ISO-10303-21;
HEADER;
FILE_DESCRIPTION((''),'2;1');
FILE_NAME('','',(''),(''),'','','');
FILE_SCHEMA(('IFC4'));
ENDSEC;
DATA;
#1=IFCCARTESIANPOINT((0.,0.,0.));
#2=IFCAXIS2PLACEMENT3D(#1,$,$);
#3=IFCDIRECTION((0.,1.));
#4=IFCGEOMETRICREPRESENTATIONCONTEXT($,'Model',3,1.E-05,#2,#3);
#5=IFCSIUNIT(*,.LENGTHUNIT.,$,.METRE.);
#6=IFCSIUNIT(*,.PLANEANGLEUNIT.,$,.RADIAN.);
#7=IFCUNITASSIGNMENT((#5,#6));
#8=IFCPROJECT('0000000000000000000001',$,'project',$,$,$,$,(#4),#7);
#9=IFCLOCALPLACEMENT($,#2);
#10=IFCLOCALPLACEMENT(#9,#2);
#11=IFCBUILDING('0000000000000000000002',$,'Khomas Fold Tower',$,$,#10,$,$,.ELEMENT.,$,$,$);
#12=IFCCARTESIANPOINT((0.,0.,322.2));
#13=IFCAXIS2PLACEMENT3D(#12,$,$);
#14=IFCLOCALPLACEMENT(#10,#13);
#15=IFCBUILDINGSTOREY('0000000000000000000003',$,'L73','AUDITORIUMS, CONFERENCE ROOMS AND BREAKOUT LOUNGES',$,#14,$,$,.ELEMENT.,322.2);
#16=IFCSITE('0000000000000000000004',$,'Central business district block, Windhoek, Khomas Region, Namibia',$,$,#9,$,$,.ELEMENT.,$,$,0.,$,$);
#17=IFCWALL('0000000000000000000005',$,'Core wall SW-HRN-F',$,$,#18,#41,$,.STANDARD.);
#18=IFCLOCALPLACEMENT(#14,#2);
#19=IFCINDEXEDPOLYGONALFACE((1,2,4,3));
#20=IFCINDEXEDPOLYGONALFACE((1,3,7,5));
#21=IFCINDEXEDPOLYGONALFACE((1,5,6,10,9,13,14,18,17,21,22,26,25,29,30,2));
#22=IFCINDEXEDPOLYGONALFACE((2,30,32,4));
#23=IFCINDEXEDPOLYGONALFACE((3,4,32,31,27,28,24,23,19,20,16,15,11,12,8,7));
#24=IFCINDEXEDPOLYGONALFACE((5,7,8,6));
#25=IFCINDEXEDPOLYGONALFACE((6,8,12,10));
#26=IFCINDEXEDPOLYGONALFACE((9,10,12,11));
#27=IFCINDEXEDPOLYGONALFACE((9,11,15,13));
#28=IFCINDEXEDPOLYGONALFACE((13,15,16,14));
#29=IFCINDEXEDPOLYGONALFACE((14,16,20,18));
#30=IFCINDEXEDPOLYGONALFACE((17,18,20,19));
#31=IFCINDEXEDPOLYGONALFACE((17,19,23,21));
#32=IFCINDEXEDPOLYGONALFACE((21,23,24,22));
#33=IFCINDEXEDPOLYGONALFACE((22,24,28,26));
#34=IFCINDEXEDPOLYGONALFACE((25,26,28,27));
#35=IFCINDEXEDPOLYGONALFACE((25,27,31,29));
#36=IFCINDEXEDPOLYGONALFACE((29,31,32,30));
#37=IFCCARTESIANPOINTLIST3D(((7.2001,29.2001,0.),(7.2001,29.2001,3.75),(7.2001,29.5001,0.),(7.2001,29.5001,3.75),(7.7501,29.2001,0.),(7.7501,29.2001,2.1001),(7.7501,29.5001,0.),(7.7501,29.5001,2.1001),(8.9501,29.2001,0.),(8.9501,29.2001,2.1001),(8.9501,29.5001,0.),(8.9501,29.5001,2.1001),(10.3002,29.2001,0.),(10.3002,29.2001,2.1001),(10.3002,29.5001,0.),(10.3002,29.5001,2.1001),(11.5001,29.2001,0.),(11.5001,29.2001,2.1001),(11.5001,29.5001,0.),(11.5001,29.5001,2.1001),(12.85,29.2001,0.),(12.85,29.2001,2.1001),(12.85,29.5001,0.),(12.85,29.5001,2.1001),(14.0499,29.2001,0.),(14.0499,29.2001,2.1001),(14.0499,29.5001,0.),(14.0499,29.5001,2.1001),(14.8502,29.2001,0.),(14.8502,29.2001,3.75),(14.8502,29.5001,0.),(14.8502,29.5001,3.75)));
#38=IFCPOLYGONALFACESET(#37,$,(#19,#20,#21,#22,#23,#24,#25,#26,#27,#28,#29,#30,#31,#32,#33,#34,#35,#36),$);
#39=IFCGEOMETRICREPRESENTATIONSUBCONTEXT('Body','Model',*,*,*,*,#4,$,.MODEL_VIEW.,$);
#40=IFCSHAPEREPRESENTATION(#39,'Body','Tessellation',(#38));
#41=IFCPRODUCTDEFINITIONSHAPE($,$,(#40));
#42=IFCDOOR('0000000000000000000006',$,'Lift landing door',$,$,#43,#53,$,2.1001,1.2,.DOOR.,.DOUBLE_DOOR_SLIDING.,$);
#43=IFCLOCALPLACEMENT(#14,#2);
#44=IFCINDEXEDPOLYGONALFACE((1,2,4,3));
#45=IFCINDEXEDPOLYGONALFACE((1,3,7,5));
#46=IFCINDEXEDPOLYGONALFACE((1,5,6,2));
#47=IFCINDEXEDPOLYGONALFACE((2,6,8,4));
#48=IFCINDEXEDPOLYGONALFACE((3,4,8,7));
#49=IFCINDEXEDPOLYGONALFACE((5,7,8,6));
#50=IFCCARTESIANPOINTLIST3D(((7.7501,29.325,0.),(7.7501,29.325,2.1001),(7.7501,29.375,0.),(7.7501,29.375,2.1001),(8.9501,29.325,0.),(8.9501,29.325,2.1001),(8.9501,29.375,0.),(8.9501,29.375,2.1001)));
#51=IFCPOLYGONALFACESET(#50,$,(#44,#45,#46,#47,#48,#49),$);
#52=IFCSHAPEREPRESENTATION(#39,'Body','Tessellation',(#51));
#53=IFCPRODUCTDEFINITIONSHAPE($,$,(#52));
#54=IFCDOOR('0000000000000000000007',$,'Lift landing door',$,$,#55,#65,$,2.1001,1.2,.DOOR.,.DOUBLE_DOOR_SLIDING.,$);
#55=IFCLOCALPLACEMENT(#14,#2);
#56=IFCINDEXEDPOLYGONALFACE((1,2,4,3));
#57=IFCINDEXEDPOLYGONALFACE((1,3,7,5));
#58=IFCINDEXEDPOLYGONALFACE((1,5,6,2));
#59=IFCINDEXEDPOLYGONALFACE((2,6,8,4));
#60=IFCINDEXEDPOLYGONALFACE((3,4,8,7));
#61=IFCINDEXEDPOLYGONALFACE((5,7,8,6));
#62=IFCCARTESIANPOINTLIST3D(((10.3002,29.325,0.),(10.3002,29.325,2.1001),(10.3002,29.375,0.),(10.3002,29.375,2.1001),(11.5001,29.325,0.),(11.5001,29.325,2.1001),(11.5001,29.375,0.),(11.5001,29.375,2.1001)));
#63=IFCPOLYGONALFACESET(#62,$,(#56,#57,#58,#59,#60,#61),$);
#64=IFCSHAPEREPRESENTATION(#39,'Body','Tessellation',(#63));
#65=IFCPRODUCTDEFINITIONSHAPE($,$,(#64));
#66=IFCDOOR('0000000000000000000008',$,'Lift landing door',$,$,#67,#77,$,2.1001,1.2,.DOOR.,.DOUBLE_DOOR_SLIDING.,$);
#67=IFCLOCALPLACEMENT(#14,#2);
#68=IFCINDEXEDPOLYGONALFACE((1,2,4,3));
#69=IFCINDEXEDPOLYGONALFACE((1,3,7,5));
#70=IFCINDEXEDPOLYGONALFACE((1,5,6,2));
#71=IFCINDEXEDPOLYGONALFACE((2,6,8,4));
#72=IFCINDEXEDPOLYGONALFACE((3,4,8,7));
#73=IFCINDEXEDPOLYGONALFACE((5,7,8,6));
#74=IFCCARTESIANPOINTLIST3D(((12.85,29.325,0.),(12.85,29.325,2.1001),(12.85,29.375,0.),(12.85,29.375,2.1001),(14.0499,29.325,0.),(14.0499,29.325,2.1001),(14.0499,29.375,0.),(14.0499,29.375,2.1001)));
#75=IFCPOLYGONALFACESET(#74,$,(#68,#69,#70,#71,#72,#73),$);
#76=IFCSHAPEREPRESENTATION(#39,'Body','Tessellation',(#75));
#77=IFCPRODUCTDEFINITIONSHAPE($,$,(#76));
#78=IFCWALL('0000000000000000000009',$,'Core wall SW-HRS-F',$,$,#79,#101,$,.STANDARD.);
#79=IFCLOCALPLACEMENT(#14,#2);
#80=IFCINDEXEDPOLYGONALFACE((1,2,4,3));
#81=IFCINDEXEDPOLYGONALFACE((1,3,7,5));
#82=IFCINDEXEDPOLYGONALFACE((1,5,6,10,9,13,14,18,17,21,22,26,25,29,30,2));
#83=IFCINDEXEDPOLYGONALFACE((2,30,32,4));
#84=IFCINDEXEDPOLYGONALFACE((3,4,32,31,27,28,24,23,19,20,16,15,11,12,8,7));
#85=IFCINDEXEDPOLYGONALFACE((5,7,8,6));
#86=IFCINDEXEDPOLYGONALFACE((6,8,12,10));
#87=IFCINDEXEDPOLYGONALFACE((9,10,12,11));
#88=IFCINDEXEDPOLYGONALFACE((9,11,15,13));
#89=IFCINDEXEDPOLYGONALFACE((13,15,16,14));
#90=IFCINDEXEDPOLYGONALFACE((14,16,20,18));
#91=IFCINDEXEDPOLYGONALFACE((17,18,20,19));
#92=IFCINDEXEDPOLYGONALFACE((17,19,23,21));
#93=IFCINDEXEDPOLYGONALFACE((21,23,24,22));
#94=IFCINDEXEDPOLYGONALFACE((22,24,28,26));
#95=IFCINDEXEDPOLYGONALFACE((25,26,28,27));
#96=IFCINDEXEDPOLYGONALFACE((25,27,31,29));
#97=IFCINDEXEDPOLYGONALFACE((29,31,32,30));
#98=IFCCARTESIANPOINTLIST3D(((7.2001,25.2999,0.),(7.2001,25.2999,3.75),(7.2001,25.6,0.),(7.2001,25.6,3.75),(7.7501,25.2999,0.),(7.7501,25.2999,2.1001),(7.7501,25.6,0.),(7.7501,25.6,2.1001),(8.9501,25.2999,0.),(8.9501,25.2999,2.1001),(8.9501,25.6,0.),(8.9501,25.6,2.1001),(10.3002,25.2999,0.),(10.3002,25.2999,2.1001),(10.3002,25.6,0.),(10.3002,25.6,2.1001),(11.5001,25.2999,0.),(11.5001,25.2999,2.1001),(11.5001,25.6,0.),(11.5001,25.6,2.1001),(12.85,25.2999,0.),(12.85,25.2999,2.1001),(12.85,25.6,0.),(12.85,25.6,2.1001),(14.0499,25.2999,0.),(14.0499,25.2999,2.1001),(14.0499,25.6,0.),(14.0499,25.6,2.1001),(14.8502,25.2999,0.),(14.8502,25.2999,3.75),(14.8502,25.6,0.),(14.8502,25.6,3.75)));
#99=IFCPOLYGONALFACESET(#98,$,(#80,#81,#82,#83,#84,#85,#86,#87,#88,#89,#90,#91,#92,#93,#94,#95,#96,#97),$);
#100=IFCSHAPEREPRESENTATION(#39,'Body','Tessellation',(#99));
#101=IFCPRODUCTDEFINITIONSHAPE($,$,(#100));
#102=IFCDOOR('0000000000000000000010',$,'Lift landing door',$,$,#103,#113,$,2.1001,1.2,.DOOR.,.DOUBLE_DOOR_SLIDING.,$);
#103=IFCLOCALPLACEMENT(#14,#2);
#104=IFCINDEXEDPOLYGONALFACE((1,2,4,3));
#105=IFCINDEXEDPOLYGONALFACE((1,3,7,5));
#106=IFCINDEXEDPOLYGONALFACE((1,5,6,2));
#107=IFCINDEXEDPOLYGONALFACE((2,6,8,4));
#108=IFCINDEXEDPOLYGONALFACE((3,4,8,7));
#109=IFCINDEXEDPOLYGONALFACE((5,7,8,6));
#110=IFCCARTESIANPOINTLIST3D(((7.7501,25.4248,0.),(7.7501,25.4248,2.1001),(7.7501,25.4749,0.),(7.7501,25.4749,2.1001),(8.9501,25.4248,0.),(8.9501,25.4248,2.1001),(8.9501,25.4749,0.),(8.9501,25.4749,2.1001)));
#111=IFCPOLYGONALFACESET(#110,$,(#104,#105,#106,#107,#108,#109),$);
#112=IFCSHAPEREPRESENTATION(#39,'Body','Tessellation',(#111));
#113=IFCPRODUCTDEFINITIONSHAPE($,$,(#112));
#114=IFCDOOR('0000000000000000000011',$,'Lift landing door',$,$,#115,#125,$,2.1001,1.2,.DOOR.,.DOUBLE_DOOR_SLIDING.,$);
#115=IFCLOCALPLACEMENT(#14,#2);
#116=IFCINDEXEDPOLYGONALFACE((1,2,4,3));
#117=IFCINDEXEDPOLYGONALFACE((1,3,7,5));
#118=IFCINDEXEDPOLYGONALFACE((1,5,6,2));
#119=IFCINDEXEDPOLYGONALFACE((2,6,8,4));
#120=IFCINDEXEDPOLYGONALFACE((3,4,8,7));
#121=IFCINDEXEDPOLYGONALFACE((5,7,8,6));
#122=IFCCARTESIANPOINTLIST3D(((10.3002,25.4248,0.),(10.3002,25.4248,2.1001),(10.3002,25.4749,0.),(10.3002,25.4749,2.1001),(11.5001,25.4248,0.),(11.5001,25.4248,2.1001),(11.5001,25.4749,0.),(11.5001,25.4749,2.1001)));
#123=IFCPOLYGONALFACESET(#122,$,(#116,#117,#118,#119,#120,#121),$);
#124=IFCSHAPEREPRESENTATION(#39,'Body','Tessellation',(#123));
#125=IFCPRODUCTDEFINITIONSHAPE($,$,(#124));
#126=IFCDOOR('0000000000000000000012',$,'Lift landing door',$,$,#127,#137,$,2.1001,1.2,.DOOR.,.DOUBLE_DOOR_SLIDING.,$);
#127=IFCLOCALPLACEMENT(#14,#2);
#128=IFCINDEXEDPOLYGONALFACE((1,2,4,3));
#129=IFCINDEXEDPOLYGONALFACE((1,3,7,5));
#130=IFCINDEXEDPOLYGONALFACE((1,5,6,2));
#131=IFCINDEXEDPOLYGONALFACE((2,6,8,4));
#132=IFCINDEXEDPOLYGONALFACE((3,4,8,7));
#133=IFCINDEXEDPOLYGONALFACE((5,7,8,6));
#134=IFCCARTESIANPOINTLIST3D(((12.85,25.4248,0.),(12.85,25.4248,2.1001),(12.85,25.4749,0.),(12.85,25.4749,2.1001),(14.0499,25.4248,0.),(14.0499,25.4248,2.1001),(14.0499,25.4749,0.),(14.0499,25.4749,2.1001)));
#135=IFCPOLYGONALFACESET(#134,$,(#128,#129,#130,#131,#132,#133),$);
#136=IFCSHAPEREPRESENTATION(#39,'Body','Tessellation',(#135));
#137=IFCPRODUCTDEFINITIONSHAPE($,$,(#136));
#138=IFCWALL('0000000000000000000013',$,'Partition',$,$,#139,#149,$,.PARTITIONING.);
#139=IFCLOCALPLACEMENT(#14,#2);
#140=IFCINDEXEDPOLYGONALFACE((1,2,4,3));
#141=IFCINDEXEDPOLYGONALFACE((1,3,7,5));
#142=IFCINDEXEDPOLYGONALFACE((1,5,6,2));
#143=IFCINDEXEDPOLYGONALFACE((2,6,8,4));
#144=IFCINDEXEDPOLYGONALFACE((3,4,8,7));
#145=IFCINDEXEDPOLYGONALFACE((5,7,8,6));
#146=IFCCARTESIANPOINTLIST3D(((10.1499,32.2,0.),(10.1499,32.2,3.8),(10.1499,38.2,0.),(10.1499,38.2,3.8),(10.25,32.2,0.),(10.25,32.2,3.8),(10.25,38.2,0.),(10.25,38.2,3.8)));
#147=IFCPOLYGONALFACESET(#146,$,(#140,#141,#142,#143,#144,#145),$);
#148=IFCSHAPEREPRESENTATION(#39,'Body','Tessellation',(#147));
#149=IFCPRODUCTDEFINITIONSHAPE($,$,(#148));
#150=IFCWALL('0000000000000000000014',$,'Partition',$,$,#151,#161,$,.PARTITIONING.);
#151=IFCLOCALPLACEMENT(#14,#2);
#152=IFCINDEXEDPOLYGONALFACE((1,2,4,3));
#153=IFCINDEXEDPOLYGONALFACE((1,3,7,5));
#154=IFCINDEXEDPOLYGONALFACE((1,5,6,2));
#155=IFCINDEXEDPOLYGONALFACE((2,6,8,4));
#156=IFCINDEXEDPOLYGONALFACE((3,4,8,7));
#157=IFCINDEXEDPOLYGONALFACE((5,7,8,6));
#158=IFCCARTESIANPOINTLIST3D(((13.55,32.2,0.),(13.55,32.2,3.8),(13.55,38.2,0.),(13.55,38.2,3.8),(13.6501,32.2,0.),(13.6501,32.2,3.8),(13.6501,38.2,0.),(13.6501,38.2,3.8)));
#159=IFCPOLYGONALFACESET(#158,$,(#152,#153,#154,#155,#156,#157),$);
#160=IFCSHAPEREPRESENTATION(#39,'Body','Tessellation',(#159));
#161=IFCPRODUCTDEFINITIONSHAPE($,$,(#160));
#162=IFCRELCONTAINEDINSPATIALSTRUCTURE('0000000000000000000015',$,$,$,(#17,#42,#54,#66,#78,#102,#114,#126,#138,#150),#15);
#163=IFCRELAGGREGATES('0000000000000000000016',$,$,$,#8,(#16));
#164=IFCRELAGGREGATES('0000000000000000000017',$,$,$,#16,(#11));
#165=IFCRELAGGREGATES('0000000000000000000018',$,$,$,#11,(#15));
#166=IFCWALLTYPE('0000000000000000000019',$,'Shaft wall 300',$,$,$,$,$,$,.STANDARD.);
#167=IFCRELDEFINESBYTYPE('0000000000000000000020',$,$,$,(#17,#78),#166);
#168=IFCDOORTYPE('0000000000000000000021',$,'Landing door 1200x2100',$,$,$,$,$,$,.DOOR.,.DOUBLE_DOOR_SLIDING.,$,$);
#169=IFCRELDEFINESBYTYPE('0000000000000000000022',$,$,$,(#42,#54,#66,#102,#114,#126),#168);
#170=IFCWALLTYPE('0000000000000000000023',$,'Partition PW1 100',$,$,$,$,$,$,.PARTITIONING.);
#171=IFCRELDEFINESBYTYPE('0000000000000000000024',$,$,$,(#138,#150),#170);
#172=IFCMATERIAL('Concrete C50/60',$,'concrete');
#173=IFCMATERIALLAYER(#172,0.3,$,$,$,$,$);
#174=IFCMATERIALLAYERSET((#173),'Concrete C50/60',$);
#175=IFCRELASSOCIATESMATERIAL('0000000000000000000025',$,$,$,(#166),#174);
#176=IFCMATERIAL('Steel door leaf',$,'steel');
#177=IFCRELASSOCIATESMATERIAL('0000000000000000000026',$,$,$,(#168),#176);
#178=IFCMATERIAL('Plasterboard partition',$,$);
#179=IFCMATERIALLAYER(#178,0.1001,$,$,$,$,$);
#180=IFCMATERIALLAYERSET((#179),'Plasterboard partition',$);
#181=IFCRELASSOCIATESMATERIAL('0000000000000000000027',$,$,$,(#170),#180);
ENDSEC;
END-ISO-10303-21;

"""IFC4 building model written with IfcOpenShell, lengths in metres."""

from ifc_helpers import new_model, si_unit, direction, frame, frame_2d, origin, place, context, subcontext, project, spatial, rectangle, extrude, source, transform, mapped, material, layer, layer_set, type_object, element, fill, save


model = new_model("IFC4")

# Units and contexts
model_context = context("Model", 3, precision=1e-05, world=origin(), true_north=direction((0.0, 1.0)))
body_context = subcontext(model_context, "Body", "Model", "MODEL_VIEW")
ifc_project = project(units=[si_unit("LENGTHUNIT", "METRE"), si_unit("PLANEANGLEUNIT", "RADIAN")], contexts=[model_context])

# Site, building, storey
site_placement = place(None, origin())
site = spatial("IfcSite", under=ifc_project, at=site_placement, Name="Central business district block, Windhoek, Khomas Region, Namibia", CompositionType="ELEMENT", RefElevation=0.0)
building_placement = place(site_placement, origin())
building = spatial("IfcBuilding", under=site, at=building_placement, Name="Khomas Fold Tower", CompositionType="ELEMENT")
storey_placement = place(building_placement, frame((0.0, 0.0, 322.2)))
storey = spatial("IfcBuildingStorey", under=building, at=storey_placement, Name="L73", Description="AUDITORIUMS, CONFERENCE ROOMS AND BREAKOUT LOUNGES", CompositionType="ELEMENT", Elevation=322.2)

# Shared definitions
ifc_material_1 = material(Name="Concrete C50/60", Category="concrete")
ifc_layer_1 = layer(ifc_material_1, 0.3)
ifc_layer_set_1 = layer_set([ifc_layer_1], Name="Concrete C50/60")
wall_type_1 = type_object("IfcWallType", Name="Shaft wall 300", PredefinedType="STANDARD", material=ifc_layer_set_1)
shared_shape_1 = source(origin(), body_context, "Body", "SweptSolid", [
    extrude(rectangle(XDim=7.6501, YDim=0.3, at=frame_2d((3.8252, 0.0))), origin(), (0.0, 0.0, 1.0), 3.75),
])

# Walls, openings, doors
wall_1_placement = place(storey_placement, frame((7.2, 29.3501, 0.0), z_axis=(0.0, 0.0, 1.0), x_axis=(1.0, 0.0, 0.0)))
wall_1 = element("IfcWall", 1, at=wall_1_placement, inside=storey, type_object=wall_type_1, Name="Core wall SW-HRN-F", PredefinedType="STANDARD", context=body_context, shape_type="MappedRepresentation", body=[
    mapped(shared_shape_1, transform((0.0, 0.0, 0.0))),
])
shared_shape_2 = source(origin(), body_context, "Body", "SweptSolid", [
    extrude(rectangle(XDim=1.2, YDim=2.1001, at=frame_2d((0.6001, 1.05))), frame((0.0, 0.1599, 0.0), z_axis=(0.0, -1.0, 0.0), x_axis=(1.0, 0.0, 0.0)), (0.0, 0.0, 1.0), 0.3201),
])
opening_1_placement = place(wall_1_placement, frame((0.55, 0.0, 0.0)))
opening_1 = element("IfcOpeningElement", 2, at=opening_1_placement, cuts=wall_1, PredefinedType="OPENING", context=body_context, shape_type="MappedRepresentation", body=[
    mapped(shared_shape_2, transform((0.0, 0.0, 0.0))),
])
opening_2_placement = place(wall_1_placement, frame((3.1001, 0.0, 0.0)))
opening_2 = element("IfcOpeningElement", 3, at=opening_2_placement, cuts=wall_1, PredefinedType="OPENING", context=body_context, shape_type="MappedRepresentation", body=[
    mapped(shared_shape_2, transform((0.0, 0.0, 0.0))),
])
opening_3_placement = place(wall_1_placement, frame((5.6499, 0.0, 0.0)))
opening_3 = element("IfcOpeningElement", 4, at=opening_3_placement, cuts=wall_1, PredefinedType="OPENING", context=body_context, shape_type="MappedRepresentation", body=[
    mapped(shared_shape_2, transform((0.0, 0.0, 0.0))),
])
ifc_material_2 = material(Name="Steel door leaf", Category="steel")
door_type_1 = type_object("IfcDoorType", Name="Landing door 1200x2100", OperationType="DOUBLE_DOOR_SLIDING", PredefinedType="DOOR", material=ifc_material_2)
shared_shape_3 = source(origin(), body_context, "Body", "SweptSolid", [
    extrude(rectangle(XDim=1.2, YDim=2.1001, at=frame_2d((0.6001, 1.05))), frame((0.0, 0.0249, 0.0), z_axis=(0.0, -1.0, 0.0), x_axis=(1.0, 0.0, 0.0)), (0.0, 0.0, 1.0), 0.05),
])
door_1_placement = place(opening_1_placement, origin())
door_1 = element("IfcDoor", 5, at=door_1_placement, inside=storey, type_object=door_type_1, Name="Lift landing door", OperationType="DOUBLE_DOOR_SLIDING", OverallHeight=2.1001, OverallWidth=1.2, PredefinedType="DOOR", context=body_context, shape_type="MappedRepresentation", body=[
    mapped(shared_shape_3, transform((0.0, 0.0, 0.0))),
])
fill(opening_1, door_1)
door_2_placement = place(opening_2_placement, origin())
door_2 = element("IfcDoor", 6, at=door_2_placement, inside=storey, type_object=door_type_1, Name="Lift landing door", OperationType="DOUBLE_DOOR_SLIDING", OverallHeight=2.1001, OverallWidth=1.2, PredefinedType="DOOR", context=body_context, shape_type="MappedRepresentation", body=[
    mapped(shared_shape_3, transform((0.0, 0.0, 0.0))),
])
fill(opening_2, door_2)
door_3_placement = place(opening_3_placement, origin())
door_3 = element("IfcDoor", 7, at=door_3_placement, inside=storey, type_object=door_type_1, Name="Lift landing door", OperationType="DOUBLE_DOOR_SLIDING", OverallHeight=2.1001, OverallWidth=1.2, PredefinedType="DOOR", context=body_context, shape_type="MappedRepresentation", body=[
    mapped(shared_shape_3, transform((0.0, 0.0, 0.0))),
])
fill(opening_3, door_3)
wall_2_placement = place(storey_placement, frame((7.2, 25.45, 0.0), z_axis=(0.0, 0.0, 1.0), x_axis=(1.0, 0.0, 0.0)))
wall_2 = element("IfcWall", 8, at=wall_2_placement, inside=storey, type_object=wall_type_1, Name="Core wall SW-HRS-F", PredefinedType="STANDARD", context=body_context, shape_type="MappedRepresentation", body=[
    mapped(shared_shape_1, transform((0.0, 0.0, 0.0))),
])
opening_4_placement = place(wall_2_placement, frame((0.55, 0.0, 0.0)))
opening_4 = element("IfcOpeningElement", 9, at=opening_4_placement, cuts=wall_2, PredefinedType="OPENING", context=body_context, shape_type="MappedRepresentation", body=[
    mapped(shared_shape_2, transform((0.0, 0.0, 0.0))),
])
opening_5_placement = place(wall_2_placement, frame((3.1001, 0.0, 0.0)))
opening_5 = element("IfcOpeningElement", 10, at=opening_5_placement, cuts=wall_2, PredefinedType="OPENING", context=body_context, shape_type="MappedRepresentation", body=[
    mapped(shared_shape_2, transform((0.0, 0.0, 0.0))),
])
opening_6_placement = place(wall_2_placement, frame((5.6499, 0.0, 0.0)))
opening_6 = element("IfcOpeningElement", 11, at=opening_6_placement, cuts=wall_2, PredefinedType="OPENING", context=body_context, shape_type="MappedRepresentation", body=[
    mapped(shared_shape_2, transform((0.0, 0.0, 0.0))),
])
door_4_placement = place(opening_4_placement, origin())
door_4 = element("IfcDoor", 12, at=door_4_placement, inside=storey, type_object=door_type_1, Name="Lift landing door", OperationType="DOUBLE_DOOR_SLIDING", OverallHeight=2.1001, OverallWidth=1.2, PredefinedType="DOOR", context=body_context, shape_type="MappedRepresentation", body=[
    mapped(shared_shape_3, transform((0.0, 0.0, 0.0))),
])
fill(opening_4, door_4)
door_5_placement = place(opening_5_placement, origin())
door_5 = element("IfcDoor", 13, at=door_5_placement, inside=storey, type_object=door_type_1, Name="Lift landing door", OperationType="DOUBLE_DOOR_SLIDING", OverallHeight=2.1001, OverallWidth=1.2, PredefinedType="DOOR", context=body_context, shape_type="MappedRepresentation", body=[
    mapped(shared_shape_3, transform((0.0, 0.0, 0.0))),
])
fill(opening_5, door_5)
door_6_placement = place(opening_6_placement, origin())
door_6 = element("IfcDoor", 14, at=door_6_placement, inside=storey, type_object=door_type_1, Name="Lift landing door", OperationType="DOUBLE_DOOR_SLIDING", OverallHeight=2.1001, OverallWidth=1.2, PredefinedType="DOOR", context=body_context, shape_type="MappedRepresentation", body=[
    mapped(shared_shape_3, transform((0.0, 0.0, 0.0))),
])
fill(opening_6, door_6)

# Walls
ifc_material_3 = material(Name="Plasterboard partition")
ifc_layer_2 = layer(ifc_material_3, 0.1001)
ifc_layer_set_2 = layer_set([ifc_layer_2], Name="Plasterboard partition")
wall_type_2 = type_object("IfcWallType", Name="Partition PW1 100", PredefinedType="PARTITIONING", material=ifc_layer_set_2)
shared_shape_4 = source(origin(), body_context, "Body", "SweptSolid", [
    extrude(rectangle(XDim=6.0, YDim=0.1001, at=frame_2d((3.0, 0.0))), origin(), (0.0, 0.0, 1.0), 3.8),
])
for number, where, z_axis, x_axis, name in (
    (15, (10.2, 32.2, 0.0), (0.0, 0.0, 1.0), (0.0, 1.0, 0.0), "Partition"),
    (16, (13.6001, 32.2, 0.0), (0.0, 0.0, 1.0), (0.0, 1.0, 0.0), "Partition"),
):
    element("IfcWall", number, at=place(storey_placement, frame(where, z_axis=z_axis, x_axis=x_axis)), inside=storey, type_object=wall_type_2, Name=name, PredefinedType="PARTITIONING", context=body_context, shape_type="MappedRepresentation", body=[
        mapped(shared_shape_4, transform((0.0, 0.0, 0.0))),
    ])

save(model, "model.ifc")
